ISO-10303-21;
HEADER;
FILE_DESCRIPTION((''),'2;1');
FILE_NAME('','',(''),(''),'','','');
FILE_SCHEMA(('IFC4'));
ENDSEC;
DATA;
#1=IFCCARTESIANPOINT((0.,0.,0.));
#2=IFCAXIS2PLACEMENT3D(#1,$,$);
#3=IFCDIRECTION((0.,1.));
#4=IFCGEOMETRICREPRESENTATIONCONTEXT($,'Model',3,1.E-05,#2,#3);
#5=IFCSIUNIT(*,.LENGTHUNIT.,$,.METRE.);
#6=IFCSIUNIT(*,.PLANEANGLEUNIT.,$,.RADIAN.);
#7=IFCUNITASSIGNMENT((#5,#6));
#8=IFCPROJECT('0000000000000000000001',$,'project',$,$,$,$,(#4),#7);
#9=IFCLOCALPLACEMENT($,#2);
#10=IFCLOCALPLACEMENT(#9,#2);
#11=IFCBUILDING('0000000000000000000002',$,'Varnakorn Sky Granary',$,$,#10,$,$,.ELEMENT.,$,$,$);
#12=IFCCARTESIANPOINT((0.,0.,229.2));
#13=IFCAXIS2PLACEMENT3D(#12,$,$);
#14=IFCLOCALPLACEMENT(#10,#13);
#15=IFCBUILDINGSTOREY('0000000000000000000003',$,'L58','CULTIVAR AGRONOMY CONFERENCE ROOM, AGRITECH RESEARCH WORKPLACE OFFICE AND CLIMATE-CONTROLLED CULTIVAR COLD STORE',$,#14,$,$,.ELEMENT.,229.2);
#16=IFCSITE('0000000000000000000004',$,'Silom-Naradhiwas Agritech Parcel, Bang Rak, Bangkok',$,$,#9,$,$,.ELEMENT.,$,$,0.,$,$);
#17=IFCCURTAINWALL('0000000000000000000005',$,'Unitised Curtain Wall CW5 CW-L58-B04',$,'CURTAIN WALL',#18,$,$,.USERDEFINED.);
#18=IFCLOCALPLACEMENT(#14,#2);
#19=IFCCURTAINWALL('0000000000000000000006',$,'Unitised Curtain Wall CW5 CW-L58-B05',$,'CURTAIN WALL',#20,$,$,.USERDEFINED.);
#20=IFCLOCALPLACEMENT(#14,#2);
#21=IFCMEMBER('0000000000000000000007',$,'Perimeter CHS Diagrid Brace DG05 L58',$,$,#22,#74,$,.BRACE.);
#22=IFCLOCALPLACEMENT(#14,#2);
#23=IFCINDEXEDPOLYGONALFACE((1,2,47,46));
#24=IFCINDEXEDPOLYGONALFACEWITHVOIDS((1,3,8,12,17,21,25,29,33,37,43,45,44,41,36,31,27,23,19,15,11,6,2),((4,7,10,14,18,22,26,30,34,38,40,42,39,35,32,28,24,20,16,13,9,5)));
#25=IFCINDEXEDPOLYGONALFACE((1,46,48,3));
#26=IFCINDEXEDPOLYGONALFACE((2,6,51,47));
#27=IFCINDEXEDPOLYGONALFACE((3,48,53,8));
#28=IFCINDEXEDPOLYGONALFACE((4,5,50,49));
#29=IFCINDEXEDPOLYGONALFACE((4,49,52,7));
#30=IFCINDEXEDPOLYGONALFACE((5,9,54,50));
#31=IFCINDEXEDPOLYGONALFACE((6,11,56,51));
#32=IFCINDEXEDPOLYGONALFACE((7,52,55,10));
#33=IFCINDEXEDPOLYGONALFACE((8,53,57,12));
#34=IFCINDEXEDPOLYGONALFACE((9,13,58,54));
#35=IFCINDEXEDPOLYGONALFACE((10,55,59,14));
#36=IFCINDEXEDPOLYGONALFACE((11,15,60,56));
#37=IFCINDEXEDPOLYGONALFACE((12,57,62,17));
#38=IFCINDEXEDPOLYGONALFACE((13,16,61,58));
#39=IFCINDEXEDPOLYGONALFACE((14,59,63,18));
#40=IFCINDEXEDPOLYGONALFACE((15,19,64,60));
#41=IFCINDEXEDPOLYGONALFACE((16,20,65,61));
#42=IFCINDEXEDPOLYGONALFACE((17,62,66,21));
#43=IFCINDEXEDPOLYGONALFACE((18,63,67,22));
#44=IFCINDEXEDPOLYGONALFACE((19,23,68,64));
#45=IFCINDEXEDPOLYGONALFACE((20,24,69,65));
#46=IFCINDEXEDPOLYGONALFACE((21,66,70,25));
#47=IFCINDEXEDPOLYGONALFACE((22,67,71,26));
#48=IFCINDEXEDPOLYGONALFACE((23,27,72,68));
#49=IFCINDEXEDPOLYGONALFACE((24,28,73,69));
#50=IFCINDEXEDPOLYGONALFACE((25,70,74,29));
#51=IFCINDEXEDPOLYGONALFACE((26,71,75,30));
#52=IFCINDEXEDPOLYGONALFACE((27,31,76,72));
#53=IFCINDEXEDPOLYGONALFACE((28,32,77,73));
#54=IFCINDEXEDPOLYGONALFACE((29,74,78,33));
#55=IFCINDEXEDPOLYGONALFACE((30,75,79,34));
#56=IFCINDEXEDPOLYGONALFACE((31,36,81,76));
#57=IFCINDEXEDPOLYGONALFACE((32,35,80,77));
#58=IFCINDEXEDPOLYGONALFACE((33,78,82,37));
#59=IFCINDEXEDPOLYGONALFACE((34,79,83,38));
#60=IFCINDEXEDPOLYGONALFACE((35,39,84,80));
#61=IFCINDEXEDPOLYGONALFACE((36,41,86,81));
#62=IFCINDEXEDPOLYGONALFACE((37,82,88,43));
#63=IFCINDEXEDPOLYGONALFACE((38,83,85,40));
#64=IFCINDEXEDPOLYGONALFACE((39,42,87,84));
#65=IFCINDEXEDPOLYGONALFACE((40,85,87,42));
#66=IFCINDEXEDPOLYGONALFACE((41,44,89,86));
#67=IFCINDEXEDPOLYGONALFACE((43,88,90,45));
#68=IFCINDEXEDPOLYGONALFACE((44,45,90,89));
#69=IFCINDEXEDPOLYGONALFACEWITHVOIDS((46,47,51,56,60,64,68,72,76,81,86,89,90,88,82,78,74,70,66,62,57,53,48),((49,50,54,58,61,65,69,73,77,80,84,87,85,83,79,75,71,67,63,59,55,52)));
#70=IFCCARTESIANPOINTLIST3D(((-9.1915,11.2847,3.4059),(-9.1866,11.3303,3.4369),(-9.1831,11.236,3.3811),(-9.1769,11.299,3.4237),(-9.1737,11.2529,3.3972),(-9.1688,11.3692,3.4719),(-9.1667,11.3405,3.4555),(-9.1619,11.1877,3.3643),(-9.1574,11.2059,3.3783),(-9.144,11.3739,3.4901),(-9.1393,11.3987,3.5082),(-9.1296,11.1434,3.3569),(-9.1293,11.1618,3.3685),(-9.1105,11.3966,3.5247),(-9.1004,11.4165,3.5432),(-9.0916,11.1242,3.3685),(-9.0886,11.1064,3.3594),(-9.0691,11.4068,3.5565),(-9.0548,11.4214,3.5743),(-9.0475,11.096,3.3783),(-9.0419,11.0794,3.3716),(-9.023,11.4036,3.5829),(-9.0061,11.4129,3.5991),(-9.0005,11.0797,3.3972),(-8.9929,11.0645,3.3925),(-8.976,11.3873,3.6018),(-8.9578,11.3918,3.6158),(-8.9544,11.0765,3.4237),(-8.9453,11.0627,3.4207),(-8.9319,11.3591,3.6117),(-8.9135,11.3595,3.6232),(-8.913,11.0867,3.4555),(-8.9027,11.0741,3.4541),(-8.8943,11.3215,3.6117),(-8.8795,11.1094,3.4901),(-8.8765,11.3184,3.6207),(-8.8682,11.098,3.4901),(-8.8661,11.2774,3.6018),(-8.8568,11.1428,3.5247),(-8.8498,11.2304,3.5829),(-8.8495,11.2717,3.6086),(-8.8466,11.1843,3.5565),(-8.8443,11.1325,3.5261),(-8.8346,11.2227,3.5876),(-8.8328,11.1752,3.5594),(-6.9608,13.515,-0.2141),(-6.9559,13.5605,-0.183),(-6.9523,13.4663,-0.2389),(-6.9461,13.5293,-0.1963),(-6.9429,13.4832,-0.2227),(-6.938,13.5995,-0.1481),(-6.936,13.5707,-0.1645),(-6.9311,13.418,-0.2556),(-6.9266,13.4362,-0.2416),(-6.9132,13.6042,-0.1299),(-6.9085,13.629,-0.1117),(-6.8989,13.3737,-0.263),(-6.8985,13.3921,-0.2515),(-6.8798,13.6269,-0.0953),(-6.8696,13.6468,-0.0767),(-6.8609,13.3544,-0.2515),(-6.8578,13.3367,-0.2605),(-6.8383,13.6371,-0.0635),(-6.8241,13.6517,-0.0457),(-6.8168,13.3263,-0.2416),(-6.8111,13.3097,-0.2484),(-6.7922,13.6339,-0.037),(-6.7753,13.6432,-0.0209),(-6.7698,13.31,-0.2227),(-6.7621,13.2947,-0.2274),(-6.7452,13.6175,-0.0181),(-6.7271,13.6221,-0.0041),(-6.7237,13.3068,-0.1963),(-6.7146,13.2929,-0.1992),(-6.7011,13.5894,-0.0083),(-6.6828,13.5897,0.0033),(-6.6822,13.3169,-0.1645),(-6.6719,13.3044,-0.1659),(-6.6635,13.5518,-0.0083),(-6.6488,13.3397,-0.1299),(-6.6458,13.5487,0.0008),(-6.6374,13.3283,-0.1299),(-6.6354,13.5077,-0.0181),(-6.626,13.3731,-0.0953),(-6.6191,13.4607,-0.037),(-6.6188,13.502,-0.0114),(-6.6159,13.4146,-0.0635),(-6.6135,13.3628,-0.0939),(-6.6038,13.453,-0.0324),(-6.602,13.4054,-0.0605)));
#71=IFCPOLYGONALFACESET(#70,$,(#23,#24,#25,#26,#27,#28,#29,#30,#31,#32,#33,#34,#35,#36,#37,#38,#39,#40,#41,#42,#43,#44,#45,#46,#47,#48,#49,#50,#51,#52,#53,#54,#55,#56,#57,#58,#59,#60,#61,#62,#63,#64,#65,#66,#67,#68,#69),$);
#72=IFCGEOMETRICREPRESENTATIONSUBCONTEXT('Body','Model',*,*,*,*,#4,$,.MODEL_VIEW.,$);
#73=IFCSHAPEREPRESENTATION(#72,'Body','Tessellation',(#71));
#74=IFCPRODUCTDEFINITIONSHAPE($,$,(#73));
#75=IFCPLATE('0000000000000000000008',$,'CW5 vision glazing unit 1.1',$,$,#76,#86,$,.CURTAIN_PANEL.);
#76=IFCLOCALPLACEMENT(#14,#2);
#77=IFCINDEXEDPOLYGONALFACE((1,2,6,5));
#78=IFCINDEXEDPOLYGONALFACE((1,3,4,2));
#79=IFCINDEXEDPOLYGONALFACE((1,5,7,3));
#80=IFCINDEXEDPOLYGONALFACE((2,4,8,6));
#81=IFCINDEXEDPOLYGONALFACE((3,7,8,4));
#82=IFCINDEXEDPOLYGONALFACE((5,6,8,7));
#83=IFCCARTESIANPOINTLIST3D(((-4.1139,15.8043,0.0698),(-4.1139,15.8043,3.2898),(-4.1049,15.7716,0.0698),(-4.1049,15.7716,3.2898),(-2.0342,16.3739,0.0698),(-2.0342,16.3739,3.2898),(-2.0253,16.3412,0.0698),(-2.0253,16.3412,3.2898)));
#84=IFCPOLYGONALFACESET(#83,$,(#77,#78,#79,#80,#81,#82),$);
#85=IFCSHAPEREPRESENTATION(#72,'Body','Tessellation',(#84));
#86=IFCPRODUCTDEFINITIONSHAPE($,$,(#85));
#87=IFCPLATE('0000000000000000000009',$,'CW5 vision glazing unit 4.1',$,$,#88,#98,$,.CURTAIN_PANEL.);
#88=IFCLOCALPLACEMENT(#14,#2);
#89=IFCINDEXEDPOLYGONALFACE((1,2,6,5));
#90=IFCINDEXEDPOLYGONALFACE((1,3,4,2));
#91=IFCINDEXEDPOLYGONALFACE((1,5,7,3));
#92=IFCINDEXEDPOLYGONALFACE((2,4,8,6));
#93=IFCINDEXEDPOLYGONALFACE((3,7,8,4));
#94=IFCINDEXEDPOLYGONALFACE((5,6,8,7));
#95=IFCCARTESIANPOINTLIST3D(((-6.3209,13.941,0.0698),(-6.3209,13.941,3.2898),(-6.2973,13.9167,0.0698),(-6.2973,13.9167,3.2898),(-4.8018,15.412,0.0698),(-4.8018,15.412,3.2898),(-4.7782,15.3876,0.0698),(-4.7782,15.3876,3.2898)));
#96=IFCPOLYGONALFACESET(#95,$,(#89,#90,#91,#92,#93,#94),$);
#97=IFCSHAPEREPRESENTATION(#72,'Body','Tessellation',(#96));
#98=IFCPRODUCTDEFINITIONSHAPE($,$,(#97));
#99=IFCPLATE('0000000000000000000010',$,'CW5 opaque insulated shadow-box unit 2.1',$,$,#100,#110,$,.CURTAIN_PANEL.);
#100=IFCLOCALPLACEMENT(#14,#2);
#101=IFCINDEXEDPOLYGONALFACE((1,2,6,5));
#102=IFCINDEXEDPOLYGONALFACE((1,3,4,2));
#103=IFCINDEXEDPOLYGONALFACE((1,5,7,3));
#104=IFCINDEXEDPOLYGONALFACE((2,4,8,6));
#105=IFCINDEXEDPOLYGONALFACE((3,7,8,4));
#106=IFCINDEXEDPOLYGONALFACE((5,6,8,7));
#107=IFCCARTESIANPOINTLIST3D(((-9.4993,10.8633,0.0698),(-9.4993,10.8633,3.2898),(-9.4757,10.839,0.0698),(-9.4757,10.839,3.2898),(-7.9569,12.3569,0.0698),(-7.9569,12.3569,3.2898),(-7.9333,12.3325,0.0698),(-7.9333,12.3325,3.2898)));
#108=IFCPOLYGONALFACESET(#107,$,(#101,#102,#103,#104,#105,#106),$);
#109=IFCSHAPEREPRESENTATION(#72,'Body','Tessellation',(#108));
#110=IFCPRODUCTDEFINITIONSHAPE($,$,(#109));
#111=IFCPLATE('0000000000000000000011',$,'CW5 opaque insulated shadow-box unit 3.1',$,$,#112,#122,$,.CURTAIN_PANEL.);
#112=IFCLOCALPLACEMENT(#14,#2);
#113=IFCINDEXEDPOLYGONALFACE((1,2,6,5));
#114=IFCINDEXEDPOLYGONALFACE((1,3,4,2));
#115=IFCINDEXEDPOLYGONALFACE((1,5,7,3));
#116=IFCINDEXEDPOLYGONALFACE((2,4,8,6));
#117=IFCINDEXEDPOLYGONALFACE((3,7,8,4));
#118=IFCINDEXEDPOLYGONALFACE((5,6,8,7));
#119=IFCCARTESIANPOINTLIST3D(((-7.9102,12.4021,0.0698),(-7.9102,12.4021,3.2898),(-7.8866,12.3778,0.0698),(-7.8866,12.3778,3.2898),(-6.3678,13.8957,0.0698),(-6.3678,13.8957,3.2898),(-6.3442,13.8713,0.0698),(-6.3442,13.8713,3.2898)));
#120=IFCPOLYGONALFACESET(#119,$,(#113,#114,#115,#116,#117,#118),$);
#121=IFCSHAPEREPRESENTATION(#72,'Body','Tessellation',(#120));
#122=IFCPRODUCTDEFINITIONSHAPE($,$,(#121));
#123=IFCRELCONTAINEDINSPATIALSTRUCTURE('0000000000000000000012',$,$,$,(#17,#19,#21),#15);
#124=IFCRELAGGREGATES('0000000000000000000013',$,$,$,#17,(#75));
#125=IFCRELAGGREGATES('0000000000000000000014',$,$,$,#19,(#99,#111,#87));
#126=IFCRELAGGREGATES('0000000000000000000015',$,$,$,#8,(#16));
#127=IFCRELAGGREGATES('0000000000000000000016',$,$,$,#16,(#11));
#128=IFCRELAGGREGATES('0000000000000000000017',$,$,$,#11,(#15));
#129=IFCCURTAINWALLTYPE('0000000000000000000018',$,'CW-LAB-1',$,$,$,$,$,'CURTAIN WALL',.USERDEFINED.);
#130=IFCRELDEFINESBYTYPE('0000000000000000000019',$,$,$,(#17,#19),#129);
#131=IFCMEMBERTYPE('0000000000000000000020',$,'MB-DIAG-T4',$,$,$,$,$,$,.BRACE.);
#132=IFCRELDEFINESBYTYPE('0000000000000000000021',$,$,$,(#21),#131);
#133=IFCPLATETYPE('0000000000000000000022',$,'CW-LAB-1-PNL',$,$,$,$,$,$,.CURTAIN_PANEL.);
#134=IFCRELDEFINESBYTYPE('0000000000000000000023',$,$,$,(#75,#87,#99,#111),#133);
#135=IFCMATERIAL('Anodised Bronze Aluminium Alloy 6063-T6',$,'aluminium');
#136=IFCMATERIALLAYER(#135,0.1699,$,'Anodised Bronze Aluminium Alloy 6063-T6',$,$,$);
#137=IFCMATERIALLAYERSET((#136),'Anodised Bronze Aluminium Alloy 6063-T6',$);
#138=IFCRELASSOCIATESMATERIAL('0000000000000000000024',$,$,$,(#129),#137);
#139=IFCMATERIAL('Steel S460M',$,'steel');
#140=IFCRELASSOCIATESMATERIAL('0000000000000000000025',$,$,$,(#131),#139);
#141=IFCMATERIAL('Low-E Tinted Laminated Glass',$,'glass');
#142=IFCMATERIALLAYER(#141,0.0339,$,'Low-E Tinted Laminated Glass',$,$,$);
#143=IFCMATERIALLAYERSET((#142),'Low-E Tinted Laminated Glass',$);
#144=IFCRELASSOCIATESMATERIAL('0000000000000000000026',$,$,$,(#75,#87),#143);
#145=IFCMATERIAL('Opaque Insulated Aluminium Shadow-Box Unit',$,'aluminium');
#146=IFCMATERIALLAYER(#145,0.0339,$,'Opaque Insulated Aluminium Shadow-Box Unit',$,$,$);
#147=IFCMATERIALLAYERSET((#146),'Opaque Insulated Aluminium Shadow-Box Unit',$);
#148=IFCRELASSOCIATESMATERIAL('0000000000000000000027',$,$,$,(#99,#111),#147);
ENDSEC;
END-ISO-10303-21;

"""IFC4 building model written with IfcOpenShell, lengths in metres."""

from ifc_helpers import new_model, si_unit, direction, frame, origin, origin_2d, place, context, subcontext, project, spatial, rectangle, hollow_circle, extrude, source, transform, mapped, material, layer, layer_set, material_profile, profile_set, type_object, type_shapes, element, aggregate, save


model = new_model("IFC4")

# Units and contexts
model_context = context("Model", 3, precision=1e-05, world=origin(), true_north=direction((0.0, 1.0)))
body_context = subcontext(model_context, "Body", "Model", "MODEL_VIEW")
ifc_project = project(units=[si_unit("LENGTHUNIT", "METRE"), si_unit("PLANEANGLEUNIT", "RADIAN")], contexts=[model_context])

# Site, building, storey
site_placement = place(None, origin())
site = spatial("IfcSite", under=ifc_project, at=site_placement, Name="Silom-Naradhiwas Agritech Parcel, Bang Rak, Bangkok", CompositionType="ELEMENT", RefElevation=0.0)
building_placement = place(site_placement, origin())
building = spatial("IfcBuilding", under=site, at=building_placement, Name="Varnakorn Sky Granary", CompositionType="ELEMENT")
storey_placement = place(building_placement, frame((0.0, 0.0, 229.2)))
storey = spatial("IfcBuildingStorey", under=building, at=storey_placement, Name="L58", Description="CULTIVAR AGRONOMY CONFERENCE ROOM, AGRITECH RESEARCH WORKPLACE OFFICE AND CLIMATE-CONTROLLED CULTIVAR COLD STORE", CompositionType="ELEMENT", Elevation=229.2)

# Shared definitions
ifc_material_1 = material(Name="Steel S460M", Category="steel")

# Curtain wall
ifc_material_2 = material(Name="Anodised Bronze Aluminium Alloy 6063-T6", Category="aluminium")
ifc_layer_1 = layer(ifc_material_2, 0.1699, Name="Anodised Bronze Aluminium Alloy 6063-T6")
ifc_layer_set_1 = layer_set([ifc_layer_1], Name="Anodised Bronze Aluminium Alloy 6063-T6")
curtain_wall_type = type_object("IfcCurtainWallType", Name="CW-LAB-1", ElementType="CURTAIN WALL", PredefinedType="USERDEFINED", material=ifc_layer_set_1)
curtain_wall_1_placement = place(storey_placement, origin())
curtain_wall_1 = element("IfcCurtainWall", 1, at=curtain_wall_1_placement, inside=storey, type_object=curtain_wall_type, Name="Unitised Curtain Wall CW5 CW-L58-B04", ObjectType="CURTAIN WALL", PredefinedType="USERDEFINED")

# Curtain wall
curtain_wall_2_placement = place(storey_placement, origin())
curtain_wall_2 = element("IfcCurtainWall", 2, at=curtain_wall_2_placement, inside=storey, type_object=curtain_wall_type, Name="Unitised Curtain Wall CW5 CW-L58-B05", ObjectType="CURTAIN WALL", PredefinedType="USERDEFINED")

# Member
ifc_material_profile_1 = material_profile(ifc_material_1, hollow_circle(Radius=0.2031, WallThickness=0.0161, at=origin_2d()), Name="CHS 406.4x16")
ifc_profile_set_1 = profile_set([ifc_material_profile_1], Name="Steel S460M")
member_type_1 = type_object("IfcMemberType", Name="MB-DIAG-T4", PredefinedType="BRACE", material=ifc_profile_set_1)
member_1_placement = place(storey_placement, frame((-6.781, 13.4719, -0.1299), z_axis=(-0.464596, -0.464494, 0.75392), x_axis=(0.707029, -0.707184, 0.0)))
element("IfcMember", 3, at=member_1_placement, inside=storey, type_object=member_type_1, Name="Perimeter CHS Diagrid Brace DG05 L58", PredefinedType="BRACE", context=body_context, shape_type="SweptSolid", body=[
    extrude(hollow_circle(Radius=0.2031, WallThickness=0.0161, at=origin_2d()), origin(), (0.0, 0.0, 1.0), 4.8015),
])

# Plates
ifc_material_3 = material(Name="Low-E Tinted Laminated Glass", Category="glass")
ifc_layer_2 = layer(ifc_material_3, 0.0339, Name="Low-E Tinted Laminated Glass")
ifc_layer_set_2 = layer_set([ifc_layer_2], Name="Low-E Tinted Laminated Glass")
plate_type = type_object("IfcPlateType", Name="CW-LAB-1-PNL", PredefinedType="CURTAIN_PANEL")
shared_shape_1 = source(origin(), body_context, "Body", "SweptSolid", [
    extrude(rectangle(XDim=2.1562, YDim=0.0339, at=origin_2d()), origin(), (0.0, 0.0, 1.0), 3.22),
])
plate_1_placement = place(storey_placement, frame((-3.0696, 16.0728, 0.0698), z_axis=(0.0, 0.0, 1.0), x_axis=(0.964476, 0.264172, 0.0)))
plate_1 = element("IfcPlate", 4, at=plate_1_placement, type_object=plate_type, material=ifc_layer_set_2, Name="CW5 vision glazing unit 1.1", PredefinedType="CURTAIN_PANEL", context=body_context, shape_type="MappedRepresentation", body=[
    mapped(shared_shape_1, transform((0.0, 0.0, 0.0), x_axis=(1.0, 0.0, 0.0), y_axis=(0.0, 1.0, 0.0), z_axis=(0.0, 0.0, 1.0), scale=1.0)),
])
aggregate(curtain_wall_1, [plate_1])
shared_shape_2 = source(origin(), body_context, "Body", "SweptSolid", [
    extrude(rectangle(XDim=2.1145, YDim=0.0339, at=origin_2d()), origin(), (0.0, 0.0, 1.0), 3.22),
])
plate_2_placement = place(storey_placement, frame((-5.5496, 14.6643, 0.0698), z_axis=(0.0, 0.0, 1.0), x_axis=(0.71839, 0.69564, 0.0)))
plate_2 = element("IfcPlate", 5, at=plate_2_placement, type_object=plate_type, material=ifc_layer_set_2, Name="CW5 vision glazing unit 4.1", PredefinedType="CURTAIN_PANEL", context=body_context, shape_type="MappedRepresentation", body=[
    mapped(shared_shape_2, transform((0.0, 0.0, 0.0), x_axis=(1.0, 0.0, 0.0), y_axis=(0.0, 1.0, 0.0), z_axis=(0.0, 0.0, 1.0), scale=1.0)),
])
ifc_material_4 = material(Name="Opaque Insulated Aluminium Shadow-Box Unit", Category="aluminium")
ifc_layer_3 = layer(ifc_material_4, 0.0339, Name="Opaque Insulated Aluminium Shadow-Box Unit")
ifc_layer_set_3 = layer_set([ifc_layer_3], Name="Opaque Insulated Aluminium Shadow-Box Unit")
shared_shape_3 = source(origin(), body_context, "Body", "SweptSolid", [
    extrude(rectangle(XDim=2.147, YDim=0.0339, at=origin_2d()), origin(), (0.0, 0.0, 1.0), 3.22),
])
type_shapes(plate_type, [shared_shape_1, shared_shape_2, shared_shape_3])
plate_3_placement = place(storey_placement, frame((-8.7163, 11.5979, 0.0698), z_axis=(0.0, 0.0, 1.0), x_axis=(0.71839, 0.69564, 0.0)))
plate_3 = element("IfcPlate", 6, at=plate_3_placement, type_object=plate_type, material=ifc_layer_set_3, Name="CW5 opaque insulated shadow-box unit 2.1", PredefinedType="CURTAIN_PANEL", context=body_context, shape_type="MappedRepresentation", body=[
    mapped(shared_shape_3, transform((0.0, 0.0, 0.0), x_axis=(1.0, 0.0, 0.0), y_axis=(0.0, 1.0, 0.0), z_axis=(0.0, 0.0, 1.0), scale=1.0)),
])
plate_4_placement = place(storey_placement, frame((-7.1272, 13.1367, 0.0698), z_axis=(0.0, 0.0, 1.0), x_axis=(0.71839, 0.69564, 0.0)))
plate_4 = element("IfcPlate", 7, at=plate_4_placement, type_object=plate_type, material=ifc_layer_set_3, Name="CW5 opaque insulated shadow-box unit 3.1", PredefinedType="CURTAIN_PANEL", context=body_context, shape_type="MappedRepresentation", body=[
    mapped(shared_shape_3, transform((0.0, 0.0, 0.0), x_axis=(1.0, 0.0, 0.0), y_axis=(0.0, 1.0, 0.0), z_axis=(0.0, 0.0, 1.0), scale=1.0)),
])
aggregate(curtain_wall_2, [plate_3, plate_4, plate_2])

save(model, "model.ifc")
